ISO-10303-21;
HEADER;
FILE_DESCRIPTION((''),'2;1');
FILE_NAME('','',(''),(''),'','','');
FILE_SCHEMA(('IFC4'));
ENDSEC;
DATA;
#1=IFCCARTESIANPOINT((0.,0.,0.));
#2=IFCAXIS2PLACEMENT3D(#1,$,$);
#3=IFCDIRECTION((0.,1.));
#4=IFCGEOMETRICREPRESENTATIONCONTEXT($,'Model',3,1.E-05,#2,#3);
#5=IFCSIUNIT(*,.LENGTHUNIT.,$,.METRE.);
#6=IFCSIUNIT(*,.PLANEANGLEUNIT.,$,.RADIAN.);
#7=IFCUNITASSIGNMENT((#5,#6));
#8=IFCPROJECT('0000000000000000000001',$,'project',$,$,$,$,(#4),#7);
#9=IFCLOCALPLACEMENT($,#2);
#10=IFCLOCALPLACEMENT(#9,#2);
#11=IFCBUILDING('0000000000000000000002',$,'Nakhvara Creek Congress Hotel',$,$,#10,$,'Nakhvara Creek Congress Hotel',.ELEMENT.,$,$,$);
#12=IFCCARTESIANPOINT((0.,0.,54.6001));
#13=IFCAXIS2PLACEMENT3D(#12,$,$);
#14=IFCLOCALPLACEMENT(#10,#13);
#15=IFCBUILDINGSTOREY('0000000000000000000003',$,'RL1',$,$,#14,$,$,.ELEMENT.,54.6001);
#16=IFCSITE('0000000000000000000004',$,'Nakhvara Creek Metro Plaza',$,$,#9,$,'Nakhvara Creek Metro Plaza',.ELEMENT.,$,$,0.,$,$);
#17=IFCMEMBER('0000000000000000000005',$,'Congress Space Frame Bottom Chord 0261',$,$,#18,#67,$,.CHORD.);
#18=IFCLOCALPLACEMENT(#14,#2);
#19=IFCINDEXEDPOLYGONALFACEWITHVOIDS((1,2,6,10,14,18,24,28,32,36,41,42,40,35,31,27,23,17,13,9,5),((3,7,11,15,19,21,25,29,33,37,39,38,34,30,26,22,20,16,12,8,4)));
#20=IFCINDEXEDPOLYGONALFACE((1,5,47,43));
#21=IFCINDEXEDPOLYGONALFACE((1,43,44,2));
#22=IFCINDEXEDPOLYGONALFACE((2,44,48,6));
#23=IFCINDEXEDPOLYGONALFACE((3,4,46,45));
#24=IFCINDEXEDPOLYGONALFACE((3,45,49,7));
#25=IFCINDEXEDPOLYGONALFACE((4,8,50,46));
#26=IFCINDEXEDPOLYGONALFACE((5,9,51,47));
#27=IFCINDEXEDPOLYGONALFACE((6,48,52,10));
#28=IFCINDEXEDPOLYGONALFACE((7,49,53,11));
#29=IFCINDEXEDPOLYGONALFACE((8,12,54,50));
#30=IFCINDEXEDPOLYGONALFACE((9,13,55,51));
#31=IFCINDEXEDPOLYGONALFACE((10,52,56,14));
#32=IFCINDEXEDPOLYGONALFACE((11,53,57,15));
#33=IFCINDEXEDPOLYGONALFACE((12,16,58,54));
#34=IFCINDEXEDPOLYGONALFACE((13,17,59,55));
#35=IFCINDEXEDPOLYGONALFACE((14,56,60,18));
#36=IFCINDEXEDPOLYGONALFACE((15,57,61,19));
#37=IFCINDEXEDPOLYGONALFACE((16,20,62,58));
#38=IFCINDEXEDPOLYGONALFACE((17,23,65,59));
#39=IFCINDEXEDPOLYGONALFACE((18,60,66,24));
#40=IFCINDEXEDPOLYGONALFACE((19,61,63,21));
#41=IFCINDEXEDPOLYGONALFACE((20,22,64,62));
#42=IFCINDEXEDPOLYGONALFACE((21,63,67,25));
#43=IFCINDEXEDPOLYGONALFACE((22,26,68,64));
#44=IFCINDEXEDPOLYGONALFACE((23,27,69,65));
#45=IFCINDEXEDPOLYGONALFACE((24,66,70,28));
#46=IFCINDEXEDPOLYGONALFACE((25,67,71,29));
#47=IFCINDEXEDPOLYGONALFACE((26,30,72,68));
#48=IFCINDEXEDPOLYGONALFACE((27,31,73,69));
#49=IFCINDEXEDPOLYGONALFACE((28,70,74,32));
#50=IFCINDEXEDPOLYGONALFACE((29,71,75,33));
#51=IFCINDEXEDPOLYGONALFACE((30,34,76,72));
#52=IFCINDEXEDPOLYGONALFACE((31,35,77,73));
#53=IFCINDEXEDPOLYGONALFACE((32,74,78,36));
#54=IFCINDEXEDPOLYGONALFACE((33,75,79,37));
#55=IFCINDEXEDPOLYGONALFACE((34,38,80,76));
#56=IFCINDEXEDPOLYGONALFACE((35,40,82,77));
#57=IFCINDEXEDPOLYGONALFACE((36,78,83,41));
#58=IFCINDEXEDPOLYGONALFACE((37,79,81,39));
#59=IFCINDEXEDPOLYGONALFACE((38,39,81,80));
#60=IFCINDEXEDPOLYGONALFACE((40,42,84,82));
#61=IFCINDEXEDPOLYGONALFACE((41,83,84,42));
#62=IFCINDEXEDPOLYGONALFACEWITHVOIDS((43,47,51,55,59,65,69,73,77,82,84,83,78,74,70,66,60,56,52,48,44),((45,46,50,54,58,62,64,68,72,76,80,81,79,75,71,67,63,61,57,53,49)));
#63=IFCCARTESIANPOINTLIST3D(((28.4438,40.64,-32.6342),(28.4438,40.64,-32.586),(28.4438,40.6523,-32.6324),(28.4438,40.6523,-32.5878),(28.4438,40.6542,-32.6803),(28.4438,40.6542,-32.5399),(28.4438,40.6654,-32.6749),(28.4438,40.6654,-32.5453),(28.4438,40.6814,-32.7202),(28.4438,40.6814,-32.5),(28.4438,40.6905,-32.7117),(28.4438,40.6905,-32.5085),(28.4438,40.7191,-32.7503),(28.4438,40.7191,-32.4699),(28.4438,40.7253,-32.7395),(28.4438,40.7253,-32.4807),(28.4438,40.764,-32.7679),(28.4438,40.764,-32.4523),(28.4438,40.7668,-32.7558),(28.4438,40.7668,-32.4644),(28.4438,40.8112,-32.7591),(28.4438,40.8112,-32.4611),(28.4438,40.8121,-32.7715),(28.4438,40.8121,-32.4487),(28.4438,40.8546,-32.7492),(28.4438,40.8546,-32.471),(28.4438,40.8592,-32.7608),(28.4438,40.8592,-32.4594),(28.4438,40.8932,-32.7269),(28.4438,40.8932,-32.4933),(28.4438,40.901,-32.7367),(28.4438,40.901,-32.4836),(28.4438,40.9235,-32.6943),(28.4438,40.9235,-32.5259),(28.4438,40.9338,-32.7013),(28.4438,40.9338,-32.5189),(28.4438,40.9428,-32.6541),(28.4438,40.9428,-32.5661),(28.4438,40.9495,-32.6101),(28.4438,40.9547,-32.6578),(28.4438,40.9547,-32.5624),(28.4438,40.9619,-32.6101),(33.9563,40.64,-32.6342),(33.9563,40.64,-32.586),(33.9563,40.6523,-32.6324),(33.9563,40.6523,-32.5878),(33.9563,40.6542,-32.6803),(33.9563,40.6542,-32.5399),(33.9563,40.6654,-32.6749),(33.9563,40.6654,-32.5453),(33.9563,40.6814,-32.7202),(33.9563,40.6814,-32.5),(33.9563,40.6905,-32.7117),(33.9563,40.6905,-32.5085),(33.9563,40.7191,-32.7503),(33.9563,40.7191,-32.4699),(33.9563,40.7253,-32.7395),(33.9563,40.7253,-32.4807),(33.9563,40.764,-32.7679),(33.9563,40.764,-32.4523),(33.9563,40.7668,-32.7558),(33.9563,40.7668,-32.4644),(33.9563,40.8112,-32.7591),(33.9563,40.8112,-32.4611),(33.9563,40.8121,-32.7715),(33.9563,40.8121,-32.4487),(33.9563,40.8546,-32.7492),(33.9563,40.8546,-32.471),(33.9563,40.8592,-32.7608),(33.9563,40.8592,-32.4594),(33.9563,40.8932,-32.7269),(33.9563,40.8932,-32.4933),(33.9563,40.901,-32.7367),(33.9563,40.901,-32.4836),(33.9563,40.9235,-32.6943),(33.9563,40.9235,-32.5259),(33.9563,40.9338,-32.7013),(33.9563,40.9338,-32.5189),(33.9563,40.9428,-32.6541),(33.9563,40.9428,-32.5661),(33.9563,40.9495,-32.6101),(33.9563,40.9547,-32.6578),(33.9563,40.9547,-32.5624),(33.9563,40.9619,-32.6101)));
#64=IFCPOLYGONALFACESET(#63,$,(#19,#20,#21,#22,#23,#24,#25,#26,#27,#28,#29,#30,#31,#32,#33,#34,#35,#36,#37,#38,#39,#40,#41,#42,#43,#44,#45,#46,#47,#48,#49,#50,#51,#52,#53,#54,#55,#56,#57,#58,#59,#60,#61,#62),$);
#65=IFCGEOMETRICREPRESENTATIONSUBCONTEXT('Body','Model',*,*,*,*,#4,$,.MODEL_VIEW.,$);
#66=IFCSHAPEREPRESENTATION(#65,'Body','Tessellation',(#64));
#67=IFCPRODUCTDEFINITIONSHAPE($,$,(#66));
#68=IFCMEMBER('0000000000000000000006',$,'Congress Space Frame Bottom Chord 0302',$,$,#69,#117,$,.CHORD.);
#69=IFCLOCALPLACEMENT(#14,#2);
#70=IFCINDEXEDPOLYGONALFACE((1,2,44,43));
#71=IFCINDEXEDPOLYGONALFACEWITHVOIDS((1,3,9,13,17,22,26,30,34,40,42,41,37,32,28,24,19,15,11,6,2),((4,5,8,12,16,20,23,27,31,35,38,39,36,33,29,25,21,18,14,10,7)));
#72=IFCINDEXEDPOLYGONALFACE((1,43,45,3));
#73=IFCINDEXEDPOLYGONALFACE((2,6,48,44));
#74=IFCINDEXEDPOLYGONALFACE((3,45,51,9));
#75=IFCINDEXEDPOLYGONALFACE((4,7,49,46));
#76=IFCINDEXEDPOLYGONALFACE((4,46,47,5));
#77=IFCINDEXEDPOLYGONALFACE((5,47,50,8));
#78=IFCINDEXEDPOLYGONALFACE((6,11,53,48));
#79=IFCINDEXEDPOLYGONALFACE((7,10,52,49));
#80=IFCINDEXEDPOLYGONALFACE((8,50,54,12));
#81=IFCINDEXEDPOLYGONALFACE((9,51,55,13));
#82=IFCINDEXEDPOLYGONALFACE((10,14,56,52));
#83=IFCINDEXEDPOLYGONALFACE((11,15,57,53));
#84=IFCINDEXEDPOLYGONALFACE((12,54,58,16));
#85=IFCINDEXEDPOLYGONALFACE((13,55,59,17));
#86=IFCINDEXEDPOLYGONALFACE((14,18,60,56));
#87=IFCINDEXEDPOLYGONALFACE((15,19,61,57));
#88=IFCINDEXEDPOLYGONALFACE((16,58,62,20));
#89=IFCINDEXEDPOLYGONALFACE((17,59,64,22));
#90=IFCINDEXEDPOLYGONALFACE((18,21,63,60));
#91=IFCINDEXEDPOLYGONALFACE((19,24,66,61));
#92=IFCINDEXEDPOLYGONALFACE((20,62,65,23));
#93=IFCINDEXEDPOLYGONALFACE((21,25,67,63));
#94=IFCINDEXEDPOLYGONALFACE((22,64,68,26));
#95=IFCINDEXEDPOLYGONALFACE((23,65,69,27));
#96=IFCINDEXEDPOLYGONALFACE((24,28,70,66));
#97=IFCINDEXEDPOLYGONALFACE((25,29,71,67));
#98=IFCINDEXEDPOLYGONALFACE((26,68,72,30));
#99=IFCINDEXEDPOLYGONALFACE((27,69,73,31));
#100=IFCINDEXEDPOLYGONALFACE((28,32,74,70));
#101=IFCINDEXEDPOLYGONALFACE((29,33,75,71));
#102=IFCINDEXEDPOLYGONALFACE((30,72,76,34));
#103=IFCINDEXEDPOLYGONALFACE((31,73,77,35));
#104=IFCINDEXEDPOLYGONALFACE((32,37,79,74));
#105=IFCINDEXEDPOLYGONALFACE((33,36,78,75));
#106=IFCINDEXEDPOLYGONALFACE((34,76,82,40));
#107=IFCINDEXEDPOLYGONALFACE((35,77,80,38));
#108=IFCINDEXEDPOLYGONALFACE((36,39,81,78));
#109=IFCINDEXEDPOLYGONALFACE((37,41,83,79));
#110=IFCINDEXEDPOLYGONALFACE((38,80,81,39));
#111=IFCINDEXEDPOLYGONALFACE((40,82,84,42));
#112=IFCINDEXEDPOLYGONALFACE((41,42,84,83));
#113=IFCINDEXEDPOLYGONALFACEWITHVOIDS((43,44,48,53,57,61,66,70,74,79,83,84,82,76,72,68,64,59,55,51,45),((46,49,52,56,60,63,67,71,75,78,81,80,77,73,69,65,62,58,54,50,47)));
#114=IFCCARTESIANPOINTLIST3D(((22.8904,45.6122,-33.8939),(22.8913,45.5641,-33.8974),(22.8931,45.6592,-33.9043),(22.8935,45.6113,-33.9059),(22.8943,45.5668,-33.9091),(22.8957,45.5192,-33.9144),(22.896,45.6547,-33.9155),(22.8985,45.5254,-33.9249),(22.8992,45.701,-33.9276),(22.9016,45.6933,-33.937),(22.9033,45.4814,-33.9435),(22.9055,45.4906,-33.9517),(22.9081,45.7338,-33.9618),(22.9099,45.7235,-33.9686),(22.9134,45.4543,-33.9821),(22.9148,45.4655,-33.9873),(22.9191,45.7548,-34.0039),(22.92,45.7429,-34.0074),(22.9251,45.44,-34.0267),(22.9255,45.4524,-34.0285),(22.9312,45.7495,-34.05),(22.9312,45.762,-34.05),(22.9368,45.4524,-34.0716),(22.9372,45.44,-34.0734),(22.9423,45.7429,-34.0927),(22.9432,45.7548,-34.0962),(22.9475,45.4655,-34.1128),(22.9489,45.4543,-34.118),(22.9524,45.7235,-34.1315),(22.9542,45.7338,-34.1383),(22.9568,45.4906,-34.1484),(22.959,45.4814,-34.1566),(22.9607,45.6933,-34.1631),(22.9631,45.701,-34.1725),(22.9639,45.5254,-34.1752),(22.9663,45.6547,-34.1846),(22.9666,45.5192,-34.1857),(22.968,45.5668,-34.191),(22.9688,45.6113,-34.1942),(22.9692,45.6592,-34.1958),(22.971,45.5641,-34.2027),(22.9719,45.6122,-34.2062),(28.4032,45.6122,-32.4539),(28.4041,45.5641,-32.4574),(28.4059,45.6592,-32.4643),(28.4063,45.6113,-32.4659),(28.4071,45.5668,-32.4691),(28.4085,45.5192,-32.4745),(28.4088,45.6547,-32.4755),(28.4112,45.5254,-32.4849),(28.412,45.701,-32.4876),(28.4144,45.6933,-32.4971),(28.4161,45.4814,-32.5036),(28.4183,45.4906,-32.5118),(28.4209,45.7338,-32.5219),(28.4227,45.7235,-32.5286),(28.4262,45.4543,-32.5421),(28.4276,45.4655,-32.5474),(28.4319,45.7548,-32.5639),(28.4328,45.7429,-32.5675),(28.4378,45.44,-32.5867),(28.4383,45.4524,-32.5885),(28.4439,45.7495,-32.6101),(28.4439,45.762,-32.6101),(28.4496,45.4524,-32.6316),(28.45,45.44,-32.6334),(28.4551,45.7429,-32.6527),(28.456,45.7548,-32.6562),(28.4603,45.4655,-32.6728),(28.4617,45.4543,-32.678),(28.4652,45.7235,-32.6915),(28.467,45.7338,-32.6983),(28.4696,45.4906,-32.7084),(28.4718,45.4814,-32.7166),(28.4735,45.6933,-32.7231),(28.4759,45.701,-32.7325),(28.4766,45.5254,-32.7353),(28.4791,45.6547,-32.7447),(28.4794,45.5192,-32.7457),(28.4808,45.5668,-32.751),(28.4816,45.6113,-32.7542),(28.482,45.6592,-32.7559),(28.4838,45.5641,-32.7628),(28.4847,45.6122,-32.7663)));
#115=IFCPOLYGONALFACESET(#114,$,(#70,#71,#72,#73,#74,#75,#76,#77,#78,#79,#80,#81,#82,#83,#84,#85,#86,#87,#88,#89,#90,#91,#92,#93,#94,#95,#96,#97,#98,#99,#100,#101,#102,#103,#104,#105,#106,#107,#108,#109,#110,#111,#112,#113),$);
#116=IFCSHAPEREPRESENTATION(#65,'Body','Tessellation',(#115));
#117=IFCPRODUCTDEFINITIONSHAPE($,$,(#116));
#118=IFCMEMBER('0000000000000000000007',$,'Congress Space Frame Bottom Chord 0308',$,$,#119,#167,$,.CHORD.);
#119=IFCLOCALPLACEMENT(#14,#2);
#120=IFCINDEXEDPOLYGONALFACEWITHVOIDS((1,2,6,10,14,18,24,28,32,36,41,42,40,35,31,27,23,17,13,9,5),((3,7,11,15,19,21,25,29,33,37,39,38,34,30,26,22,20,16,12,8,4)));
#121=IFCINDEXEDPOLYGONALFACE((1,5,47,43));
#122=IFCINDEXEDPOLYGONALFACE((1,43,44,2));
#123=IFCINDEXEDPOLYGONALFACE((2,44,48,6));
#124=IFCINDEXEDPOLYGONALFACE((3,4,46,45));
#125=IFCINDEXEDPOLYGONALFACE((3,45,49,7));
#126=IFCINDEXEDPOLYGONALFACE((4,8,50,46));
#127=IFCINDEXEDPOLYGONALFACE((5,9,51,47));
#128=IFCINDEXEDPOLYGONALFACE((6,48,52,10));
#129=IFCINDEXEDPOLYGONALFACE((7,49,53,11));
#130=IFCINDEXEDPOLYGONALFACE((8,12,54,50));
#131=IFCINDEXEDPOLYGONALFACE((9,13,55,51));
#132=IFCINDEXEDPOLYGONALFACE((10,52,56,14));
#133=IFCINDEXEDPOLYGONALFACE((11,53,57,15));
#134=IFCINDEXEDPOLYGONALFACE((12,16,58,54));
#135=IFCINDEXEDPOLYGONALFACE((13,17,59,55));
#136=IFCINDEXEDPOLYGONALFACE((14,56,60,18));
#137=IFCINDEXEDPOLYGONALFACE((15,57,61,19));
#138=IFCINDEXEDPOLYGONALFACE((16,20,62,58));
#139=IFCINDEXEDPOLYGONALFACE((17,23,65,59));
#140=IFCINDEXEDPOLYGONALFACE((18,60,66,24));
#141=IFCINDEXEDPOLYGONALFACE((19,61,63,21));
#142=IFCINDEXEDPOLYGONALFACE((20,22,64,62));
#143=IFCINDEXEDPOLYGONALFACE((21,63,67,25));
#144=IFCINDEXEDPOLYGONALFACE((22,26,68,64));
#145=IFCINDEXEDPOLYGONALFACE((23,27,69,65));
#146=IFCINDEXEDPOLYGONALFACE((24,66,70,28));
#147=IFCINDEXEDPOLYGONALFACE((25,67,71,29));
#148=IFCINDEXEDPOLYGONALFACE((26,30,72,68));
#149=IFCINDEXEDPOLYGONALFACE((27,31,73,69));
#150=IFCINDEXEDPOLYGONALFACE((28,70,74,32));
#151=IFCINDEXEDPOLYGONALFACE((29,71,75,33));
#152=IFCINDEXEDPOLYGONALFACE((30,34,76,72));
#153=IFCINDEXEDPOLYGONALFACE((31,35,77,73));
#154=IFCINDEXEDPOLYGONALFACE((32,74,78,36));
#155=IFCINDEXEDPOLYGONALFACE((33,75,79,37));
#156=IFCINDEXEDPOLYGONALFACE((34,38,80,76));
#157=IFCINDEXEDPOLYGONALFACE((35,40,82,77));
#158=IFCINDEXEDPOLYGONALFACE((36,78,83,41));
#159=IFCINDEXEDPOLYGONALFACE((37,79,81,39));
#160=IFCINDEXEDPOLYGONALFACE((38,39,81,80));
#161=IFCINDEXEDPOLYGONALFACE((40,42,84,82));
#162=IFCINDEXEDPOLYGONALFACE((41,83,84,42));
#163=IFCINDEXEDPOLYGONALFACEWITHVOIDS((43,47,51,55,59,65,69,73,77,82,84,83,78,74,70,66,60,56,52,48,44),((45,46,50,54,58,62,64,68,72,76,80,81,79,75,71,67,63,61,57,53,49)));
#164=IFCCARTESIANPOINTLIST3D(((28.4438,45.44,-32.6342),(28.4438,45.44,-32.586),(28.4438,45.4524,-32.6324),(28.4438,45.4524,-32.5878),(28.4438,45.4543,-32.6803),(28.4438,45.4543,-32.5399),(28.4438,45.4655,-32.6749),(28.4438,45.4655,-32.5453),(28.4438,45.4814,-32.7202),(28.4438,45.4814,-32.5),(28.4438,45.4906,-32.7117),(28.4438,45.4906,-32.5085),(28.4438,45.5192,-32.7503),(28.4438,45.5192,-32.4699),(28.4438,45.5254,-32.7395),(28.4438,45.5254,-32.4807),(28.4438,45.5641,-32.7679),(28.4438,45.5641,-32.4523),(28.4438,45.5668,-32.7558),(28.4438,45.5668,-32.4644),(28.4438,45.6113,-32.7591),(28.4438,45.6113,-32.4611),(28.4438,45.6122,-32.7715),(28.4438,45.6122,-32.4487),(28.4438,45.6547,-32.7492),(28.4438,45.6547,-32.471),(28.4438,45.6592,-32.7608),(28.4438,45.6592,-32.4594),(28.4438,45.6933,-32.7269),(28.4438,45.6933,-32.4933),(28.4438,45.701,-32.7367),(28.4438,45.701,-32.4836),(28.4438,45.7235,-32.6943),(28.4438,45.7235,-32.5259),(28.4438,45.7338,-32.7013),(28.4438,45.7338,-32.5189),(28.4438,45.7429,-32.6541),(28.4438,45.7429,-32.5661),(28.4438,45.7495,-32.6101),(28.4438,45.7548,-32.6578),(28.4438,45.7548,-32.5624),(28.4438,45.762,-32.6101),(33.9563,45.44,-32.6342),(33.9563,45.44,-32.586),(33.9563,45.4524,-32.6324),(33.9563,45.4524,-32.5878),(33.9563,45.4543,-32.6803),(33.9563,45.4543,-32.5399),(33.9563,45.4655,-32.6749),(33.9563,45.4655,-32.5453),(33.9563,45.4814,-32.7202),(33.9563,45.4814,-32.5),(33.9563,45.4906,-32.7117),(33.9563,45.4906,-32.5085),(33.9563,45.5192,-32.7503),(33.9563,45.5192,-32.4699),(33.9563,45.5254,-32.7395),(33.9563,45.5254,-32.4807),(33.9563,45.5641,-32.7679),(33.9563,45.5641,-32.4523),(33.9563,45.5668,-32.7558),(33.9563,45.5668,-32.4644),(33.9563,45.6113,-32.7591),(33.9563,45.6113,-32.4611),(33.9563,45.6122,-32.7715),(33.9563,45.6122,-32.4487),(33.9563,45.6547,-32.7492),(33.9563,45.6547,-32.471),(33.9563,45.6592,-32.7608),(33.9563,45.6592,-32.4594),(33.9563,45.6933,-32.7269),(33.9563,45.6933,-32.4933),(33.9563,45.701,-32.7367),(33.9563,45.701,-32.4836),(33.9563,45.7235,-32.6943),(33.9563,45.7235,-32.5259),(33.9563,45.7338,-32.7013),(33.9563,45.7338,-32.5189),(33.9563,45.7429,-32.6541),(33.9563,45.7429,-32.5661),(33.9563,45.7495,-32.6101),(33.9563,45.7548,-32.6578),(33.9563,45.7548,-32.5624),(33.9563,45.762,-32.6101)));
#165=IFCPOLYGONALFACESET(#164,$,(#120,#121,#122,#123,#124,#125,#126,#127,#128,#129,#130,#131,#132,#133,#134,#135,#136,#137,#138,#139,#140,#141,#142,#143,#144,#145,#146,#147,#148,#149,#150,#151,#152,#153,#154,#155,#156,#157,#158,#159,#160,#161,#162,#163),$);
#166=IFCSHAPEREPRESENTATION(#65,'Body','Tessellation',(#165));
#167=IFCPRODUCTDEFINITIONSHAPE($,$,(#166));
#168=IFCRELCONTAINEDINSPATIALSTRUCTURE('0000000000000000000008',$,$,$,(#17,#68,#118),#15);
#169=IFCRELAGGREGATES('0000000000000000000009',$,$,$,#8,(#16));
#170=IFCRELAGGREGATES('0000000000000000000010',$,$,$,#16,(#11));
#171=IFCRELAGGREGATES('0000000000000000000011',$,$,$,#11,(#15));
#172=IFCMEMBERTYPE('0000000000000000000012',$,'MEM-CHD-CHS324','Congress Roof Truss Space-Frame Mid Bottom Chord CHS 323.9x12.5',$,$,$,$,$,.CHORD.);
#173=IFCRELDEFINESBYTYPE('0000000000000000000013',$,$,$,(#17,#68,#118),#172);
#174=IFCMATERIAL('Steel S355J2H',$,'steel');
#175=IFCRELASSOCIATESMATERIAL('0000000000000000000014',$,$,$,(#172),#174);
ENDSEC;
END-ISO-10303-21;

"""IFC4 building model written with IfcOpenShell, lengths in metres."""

from ifc_helpers import new_model, si_unit, direction, frame, origin, origin_2d, place, context, subcontext, project, spatial, hollow_circle, extrude, material, material_profile, profile_set, type_object, element, save


model = new_model("IFC4")

# Units and contexts
model_context = context("Model", 3, precision=1e-05, world=origin(), true_north=direction((0.0, 1.0)))
body_context = subcontext(model_context, "Body", "Model", "MODEL_VIEW")
ifc_project = project(units=[si_unit("LENGTHUNIT", "METRE"), si_unit("PLANEANGLEUNIT", "RADIAN")], contexts=[model_context])

# Site, building, storey
site_placement = place(None, origin())
site = spatial("IfcSite", under=ifc_project, at=site_placement, Name="Nakhvara Creek Metro Plaza", LongName="Nakhvara Creek Metro Plaza", CompositionType="ELEMENT", RefElevation=0.0)
building_placement = place(site_placement, origin())
building = spatial("IfcBuilding", under=site, at=building_placement, Name="Nakhvara Creek Congress Hotel", LongName="Nakhvara Creek Congress Hotel", CompositionType="ELEMENT")
storey_placement = place(building_placement, frame((0.0, 0.0, 54.6001)))
storey = spatial("IfcBuildingStorey", under=building, at=storey_placement, Name="RL1", CompositionType="ELEMENT", Elevation=54.6001)

# Members
ifc_material_1 = material(Name="Steel S355J2H", Category="steel")
ifc_material_profile_1 = material_profile(ifc_material_1, hollow_circle(Radius=0.1619, WallThickness=0.0125, at=origin_2d()), Name="CHS 323.9x12.5", Category="LoadBearing")
ifc_profile_set_1 = profile_set([ifc_material_profile_1], Name="Steel S355J2H")
member_type_1 = type_object("IfcMemberType", Name="MEM-CHD-CHS324", Description="Congress Roof Truss Space-Frame Mid Bottom Chord CHS 323.9x12.5", PredefinedType="CHORD", material=ifc_profile_set_1)
member_1_placement = place(storey_placement, frame((28.4438, 40.8, -32.6101), z_axis=(1.0, 0.0, 0.0), x_axis=(0.0, 1.0, 0.0)))
element("IfcMember", 1, at=member_1_placement, inside=storey, type_object=member_type_1, Name="Congress Space Frame Bottom Chord 0261", PredefinedType="CHORD", context=body_context, shape_type="SweptSolid", body=[
    extrude(hollow_circle(Radius=0.1619, WallThickness=0.0125, at=origin_2d()), origin(), (0.0, 0.0, 1.0), 5.5125),
])
member_2_placement = place(storey_placement, frame((22.9312, 45.6001, -34.05), z_axis=(0.967538, 0.0, 0.252725), x_axis=(0.0, 1.0, 0.0)))
element("IfcMember", 2, at=member_2_placement, inside=storey, type_object=member_type_1, Name="Congress Space Frame Bottom Chord 0302", PredefinedType="CHORD", context=body_context, shape_type="SweptSolid", body=[
    extrude(hollow_circle(Radius=0.1619, WallThickness=0.0125, at=origin_2d()), origin(), (0.0, 0.0, 1.0), 5.6978),
])
member_3_placement = place(storey_placement, frame((28.4438, 45.6001, -32.6101), z_axis=(1.0, 0.0, 0.0), x_axis=(0.0, 1.0, 0.0)))
element("IfcMember", 3, at=member_3_placement, inside=storey, type_object=member_type_1, Name="Congress Space Frame Bottom Chord 0308", PredefinedType="CHORD", context=body_context, shape_type="SweptSolid", body=[
    extrude(hollow_circle(Radius=0.1619, WallThickness=0.0125, at=origin_2d()), origin(), (0.0, 0.0, 1.0), 5.5125),
])

save(model, "model.ifc")
